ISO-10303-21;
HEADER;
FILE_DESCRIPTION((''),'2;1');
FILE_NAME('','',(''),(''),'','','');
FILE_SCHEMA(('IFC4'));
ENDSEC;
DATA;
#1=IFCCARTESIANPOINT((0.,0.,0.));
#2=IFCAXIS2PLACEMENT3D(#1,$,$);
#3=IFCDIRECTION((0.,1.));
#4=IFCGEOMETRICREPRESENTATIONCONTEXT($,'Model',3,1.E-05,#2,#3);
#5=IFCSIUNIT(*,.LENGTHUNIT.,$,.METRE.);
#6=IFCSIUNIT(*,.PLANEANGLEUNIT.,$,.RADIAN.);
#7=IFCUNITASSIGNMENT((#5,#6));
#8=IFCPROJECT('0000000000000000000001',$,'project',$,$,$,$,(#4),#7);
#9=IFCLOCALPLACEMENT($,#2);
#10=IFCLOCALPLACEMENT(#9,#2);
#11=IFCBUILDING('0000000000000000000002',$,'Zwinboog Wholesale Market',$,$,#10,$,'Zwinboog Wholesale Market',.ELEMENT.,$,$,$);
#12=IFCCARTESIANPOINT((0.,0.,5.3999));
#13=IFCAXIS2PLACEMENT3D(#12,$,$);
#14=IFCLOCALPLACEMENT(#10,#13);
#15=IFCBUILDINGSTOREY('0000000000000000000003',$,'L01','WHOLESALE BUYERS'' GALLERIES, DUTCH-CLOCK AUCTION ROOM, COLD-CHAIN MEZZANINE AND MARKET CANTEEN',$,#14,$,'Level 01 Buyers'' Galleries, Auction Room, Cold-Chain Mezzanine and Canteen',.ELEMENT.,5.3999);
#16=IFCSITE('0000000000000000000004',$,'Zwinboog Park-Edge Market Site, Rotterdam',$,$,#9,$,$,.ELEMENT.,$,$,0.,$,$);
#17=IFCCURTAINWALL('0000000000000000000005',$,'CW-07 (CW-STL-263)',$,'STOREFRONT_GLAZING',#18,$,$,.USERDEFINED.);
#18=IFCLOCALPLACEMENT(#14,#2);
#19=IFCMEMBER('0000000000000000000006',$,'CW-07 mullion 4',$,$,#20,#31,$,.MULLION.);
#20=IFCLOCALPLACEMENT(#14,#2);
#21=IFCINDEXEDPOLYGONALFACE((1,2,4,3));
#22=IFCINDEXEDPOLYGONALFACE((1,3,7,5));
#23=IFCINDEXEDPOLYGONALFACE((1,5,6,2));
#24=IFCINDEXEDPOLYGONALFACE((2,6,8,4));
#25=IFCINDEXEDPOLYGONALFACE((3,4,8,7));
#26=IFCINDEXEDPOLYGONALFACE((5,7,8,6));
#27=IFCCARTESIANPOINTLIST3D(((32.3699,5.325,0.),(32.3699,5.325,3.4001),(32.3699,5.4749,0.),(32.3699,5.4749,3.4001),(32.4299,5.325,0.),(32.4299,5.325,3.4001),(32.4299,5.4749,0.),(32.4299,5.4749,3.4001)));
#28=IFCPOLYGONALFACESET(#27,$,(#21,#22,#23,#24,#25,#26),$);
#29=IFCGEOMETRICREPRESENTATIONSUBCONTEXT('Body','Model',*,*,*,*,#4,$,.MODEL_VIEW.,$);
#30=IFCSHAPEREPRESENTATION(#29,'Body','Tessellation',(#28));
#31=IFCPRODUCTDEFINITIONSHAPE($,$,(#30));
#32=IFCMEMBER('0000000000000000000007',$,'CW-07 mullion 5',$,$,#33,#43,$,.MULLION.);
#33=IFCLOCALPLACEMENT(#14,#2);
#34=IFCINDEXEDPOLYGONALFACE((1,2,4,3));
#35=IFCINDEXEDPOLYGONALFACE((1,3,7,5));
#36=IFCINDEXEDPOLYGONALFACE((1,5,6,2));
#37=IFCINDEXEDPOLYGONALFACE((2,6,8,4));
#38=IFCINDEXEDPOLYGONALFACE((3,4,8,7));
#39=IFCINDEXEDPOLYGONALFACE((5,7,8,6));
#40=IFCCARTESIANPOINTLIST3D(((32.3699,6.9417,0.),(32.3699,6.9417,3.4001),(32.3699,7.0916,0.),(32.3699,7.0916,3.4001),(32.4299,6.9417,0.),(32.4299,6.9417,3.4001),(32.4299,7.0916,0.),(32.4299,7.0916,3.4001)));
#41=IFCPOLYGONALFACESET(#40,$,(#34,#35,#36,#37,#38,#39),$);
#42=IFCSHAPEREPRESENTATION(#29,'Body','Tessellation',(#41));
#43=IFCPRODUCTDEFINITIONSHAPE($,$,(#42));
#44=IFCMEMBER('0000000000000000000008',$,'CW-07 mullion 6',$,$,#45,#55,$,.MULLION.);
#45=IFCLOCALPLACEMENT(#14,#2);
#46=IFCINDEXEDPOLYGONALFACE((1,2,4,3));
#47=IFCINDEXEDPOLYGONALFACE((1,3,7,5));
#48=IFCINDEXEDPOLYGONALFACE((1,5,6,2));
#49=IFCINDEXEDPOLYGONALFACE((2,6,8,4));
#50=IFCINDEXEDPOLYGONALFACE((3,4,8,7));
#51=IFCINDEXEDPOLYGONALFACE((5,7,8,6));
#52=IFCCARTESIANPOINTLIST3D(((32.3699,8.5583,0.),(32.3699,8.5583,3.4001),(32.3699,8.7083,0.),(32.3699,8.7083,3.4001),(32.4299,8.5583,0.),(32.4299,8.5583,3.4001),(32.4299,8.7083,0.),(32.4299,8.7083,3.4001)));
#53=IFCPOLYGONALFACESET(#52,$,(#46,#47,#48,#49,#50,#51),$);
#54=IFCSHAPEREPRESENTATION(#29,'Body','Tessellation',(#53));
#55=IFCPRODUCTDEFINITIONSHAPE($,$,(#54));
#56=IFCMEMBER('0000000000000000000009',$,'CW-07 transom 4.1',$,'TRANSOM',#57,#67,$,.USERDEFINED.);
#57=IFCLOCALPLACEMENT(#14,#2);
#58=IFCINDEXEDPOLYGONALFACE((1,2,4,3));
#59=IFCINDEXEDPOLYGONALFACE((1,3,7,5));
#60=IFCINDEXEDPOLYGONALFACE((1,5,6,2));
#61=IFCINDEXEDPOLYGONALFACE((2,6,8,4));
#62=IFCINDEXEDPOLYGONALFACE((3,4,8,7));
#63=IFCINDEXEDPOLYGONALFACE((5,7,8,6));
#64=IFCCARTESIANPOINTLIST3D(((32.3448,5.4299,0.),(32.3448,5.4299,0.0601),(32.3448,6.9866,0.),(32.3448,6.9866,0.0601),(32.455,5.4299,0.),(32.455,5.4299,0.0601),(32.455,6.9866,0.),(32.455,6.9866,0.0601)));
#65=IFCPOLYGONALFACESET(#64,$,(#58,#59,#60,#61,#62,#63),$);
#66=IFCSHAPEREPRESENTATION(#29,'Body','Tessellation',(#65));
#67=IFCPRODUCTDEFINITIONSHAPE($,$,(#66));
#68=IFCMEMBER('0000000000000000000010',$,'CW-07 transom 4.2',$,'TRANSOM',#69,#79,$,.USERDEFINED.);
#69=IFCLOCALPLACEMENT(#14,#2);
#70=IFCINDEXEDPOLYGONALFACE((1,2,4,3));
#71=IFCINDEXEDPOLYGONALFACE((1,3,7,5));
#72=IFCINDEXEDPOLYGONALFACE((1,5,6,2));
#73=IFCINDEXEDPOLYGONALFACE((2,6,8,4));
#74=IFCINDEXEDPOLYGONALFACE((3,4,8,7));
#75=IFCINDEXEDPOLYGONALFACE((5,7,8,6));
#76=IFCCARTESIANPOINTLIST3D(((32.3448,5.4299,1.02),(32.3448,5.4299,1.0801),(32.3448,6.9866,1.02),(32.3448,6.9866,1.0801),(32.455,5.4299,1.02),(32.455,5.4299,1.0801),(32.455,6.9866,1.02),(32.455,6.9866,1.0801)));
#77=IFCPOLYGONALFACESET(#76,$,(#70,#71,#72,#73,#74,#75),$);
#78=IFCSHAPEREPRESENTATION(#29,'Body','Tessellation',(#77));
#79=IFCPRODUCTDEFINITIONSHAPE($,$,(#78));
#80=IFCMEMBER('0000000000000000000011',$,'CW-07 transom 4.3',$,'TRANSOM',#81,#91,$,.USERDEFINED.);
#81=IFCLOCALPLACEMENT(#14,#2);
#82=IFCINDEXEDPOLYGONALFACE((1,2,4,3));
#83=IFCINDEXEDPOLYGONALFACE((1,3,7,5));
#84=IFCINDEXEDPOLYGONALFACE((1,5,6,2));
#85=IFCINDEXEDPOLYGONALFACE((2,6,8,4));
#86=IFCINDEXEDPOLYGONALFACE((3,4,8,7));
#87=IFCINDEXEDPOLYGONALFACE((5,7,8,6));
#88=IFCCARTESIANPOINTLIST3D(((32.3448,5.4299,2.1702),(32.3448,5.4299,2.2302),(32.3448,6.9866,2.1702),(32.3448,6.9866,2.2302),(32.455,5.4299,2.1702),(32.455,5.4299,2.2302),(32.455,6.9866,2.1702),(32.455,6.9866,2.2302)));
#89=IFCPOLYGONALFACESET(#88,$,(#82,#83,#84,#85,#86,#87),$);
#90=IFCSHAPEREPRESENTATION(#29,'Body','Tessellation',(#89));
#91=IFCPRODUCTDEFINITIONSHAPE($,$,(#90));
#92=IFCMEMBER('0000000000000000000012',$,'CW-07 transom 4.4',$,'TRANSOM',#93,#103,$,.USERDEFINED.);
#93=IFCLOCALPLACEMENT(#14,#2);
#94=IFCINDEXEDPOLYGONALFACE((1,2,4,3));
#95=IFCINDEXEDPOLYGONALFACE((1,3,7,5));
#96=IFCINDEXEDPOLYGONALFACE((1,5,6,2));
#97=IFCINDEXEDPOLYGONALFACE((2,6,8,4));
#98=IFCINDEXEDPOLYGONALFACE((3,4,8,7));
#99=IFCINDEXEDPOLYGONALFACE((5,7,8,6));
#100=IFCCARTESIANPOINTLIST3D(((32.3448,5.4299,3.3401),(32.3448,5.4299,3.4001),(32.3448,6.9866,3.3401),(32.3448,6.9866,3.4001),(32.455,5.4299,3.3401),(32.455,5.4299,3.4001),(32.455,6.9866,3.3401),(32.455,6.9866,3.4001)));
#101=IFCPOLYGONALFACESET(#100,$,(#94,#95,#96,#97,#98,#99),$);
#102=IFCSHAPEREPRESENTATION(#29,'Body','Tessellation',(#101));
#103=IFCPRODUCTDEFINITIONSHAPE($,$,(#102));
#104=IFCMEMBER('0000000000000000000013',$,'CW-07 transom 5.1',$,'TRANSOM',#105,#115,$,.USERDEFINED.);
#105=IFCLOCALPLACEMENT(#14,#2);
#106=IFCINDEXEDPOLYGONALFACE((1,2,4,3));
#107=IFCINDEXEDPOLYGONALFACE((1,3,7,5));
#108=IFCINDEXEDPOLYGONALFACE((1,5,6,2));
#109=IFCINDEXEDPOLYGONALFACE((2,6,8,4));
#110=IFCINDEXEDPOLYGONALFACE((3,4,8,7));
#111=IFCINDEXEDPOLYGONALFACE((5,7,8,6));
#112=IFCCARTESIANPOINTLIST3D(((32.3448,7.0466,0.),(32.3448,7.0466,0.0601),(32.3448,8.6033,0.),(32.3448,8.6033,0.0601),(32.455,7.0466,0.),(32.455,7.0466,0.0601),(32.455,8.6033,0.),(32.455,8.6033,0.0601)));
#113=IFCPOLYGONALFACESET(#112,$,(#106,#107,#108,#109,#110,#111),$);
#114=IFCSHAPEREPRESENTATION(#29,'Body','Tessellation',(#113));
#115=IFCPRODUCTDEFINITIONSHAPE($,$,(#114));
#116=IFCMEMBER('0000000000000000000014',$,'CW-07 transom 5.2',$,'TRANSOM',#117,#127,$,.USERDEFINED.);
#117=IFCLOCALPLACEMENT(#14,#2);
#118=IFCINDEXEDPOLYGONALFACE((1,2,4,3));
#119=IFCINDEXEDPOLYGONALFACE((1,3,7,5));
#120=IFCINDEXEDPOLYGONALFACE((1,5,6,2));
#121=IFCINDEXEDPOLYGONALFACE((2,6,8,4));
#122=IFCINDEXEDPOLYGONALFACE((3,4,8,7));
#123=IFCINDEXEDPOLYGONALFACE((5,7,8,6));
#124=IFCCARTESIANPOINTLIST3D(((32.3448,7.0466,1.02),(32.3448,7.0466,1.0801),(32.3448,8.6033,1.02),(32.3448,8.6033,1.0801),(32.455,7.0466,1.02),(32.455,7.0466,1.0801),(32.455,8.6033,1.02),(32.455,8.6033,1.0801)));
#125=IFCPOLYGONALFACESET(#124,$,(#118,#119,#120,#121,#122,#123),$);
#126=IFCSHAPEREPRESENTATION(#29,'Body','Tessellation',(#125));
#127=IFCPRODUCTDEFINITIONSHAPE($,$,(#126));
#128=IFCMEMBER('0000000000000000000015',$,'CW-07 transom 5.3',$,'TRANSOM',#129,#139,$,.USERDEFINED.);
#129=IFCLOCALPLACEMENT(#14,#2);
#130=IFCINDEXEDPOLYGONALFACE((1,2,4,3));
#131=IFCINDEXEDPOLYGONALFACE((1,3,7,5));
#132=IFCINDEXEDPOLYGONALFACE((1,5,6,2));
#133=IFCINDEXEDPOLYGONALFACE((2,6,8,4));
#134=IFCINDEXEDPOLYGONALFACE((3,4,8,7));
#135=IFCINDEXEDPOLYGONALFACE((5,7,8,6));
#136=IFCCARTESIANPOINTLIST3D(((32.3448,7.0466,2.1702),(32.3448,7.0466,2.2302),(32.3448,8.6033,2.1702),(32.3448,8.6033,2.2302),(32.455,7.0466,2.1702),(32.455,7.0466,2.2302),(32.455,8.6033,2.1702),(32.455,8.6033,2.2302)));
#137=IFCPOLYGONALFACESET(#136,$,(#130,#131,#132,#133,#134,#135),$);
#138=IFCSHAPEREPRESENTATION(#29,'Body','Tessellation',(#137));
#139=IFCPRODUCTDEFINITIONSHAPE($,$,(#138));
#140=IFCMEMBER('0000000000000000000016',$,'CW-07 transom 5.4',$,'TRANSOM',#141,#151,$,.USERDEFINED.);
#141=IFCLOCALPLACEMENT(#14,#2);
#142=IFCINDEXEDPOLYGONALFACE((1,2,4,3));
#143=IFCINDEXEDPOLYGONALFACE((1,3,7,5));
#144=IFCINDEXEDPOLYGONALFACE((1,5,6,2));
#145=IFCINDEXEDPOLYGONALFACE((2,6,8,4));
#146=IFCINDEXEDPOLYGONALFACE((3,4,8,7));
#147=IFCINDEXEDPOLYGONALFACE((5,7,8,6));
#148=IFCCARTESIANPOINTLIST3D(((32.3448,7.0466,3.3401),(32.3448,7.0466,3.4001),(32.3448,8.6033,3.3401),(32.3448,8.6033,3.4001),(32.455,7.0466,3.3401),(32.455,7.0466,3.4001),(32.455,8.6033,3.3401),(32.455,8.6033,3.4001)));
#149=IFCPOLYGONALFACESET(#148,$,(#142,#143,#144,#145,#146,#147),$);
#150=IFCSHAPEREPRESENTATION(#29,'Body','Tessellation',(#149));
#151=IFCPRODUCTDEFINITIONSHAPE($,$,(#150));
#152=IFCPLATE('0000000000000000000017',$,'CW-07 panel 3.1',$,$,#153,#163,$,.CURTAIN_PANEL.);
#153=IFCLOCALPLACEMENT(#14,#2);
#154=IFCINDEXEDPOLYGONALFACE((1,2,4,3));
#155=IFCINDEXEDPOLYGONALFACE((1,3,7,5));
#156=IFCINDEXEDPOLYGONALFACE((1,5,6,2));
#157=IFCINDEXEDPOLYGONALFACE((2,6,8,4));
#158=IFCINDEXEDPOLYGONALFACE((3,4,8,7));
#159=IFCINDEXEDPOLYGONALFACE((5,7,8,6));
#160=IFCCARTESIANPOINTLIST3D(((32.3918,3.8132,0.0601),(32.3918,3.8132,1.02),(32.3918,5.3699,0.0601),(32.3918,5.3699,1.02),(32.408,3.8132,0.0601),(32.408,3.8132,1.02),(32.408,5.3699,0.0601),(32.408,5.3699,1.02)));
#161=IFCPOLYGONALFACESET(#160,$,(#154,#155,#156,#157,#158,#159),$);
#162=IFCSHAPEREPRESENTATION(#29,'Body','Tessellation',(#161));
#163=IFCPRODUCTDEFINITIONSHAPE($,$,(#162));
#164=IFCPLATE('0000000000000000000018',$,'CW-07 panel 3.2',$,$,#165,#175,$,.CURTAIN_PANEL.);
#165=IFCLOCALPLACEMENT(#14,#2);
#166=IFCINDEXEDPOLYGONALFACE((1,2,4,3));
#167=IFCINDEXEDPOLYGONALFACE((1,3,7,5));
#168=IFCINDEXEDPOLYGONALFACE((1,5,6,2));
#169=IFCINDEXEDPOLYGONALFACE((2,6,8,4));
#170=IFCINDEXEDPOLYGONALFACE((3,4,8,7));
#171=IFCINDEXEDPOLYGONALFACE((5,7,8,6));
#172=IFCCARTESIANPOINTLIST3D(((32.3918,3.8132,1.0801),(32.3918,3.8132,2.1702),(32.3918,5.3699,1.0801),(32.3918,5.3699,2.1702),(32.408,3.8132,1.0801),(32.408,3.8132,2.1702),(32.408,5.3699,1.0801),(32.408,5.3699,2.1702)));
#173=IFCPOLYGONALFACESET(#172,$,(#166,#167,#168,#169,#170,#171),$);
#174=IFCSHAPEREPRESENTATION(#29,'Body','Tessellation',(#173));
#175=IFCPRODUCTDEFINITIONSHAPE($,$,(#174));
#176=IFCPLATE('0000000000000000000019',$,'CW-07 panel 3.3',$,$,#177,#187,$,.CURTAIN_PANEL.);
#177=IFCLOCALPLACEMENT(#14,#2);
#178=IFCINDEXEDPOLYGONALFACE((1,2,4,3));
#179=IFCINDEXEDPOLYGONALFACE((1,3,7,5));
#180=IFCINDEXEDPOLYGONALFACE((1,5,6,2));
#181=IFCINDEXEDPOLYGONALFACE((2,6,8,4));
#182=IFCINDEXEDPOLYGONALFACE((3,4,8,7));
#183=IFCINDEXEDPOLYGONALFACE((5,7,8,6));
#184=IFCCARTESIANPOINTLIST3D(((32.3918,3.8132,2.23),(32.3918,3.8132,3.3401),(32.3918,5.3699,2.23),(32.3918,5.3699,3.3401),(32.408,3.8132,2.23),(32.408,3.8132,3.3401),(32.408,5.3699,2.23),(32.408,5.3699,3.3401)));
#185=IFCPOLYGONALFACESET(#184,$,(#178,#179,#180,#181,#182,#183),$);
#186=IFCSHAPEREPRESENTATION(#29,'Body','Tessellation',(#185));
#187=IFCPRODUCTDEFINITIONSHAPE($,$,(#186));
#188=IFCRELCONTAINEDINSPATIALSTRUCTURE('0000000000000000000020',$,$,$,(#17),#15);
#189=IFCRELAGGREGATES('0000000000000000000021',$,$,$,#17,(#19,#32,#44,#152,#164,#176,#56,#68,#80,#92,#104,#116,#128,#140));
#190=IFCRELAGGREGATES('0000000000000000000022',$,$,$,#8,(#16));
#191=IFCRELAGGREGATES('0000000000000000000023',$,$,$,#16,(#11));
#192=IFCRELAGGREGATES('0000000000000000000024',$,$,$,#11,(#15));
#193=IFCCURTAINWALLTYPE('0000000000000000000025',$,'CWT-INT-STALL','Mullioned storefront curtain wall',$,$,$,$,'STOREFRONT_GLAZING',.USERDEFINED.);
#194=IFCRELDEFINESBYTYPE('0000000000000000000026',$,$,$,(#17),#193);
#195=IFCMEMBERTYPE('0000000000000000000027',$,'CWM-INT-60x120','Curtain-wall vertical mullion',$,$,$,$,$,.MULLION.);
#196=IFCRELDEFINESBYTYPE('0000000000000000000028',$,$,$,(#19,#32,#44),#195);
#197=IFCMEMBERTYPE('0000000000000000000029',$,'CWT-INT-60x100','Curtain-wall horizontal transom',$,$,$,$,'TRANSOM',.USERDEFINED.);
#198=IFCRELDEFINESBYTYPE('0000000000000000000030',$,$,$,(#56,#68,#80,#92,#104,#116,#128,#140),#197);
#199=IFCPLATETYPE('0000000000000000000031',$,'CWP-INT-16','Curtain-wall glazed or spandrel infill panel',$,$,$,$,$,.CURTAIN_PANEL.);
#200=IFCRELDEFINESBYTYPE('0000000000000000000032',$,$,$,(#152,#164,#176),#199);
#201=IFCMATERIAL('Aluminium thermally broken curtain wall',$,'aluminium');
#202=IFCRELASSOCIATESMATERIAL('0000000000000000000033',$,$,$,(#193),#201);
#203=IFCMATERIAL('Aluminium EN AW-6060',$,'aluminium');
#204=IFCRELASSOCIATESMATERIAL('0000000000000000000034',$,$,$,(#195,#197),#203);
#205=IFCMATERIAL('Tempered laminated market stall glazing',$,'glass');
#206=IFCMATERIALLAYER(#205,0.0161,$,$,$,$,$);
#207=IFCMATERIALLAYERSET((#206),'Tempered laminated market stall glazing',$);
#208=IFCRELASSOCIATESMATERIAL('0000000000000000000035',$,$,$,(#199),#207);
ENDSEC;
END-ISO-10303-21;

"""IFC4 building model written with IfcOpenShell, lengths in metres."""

from ifc_helpers import new_model, si_unit, direction, frame, origin, origin_2d, place, context, subcontext, project, spatial, rectangle, extrude, material, layer, layer_set, material_profile, profile_set, type_object, element, aggregate, save


model = new_model("IFC4")

# Units and contexts
model_context = context("Model", 3, precision=1e-05, world=origin(), true_north=direction((0.0, 1.0)))
body_context = subcontext(model_context, "Body", "Model", "MODEL_VIEW")
ifc_project = project(units=[si_unit("LENGTHUNIT", "METRE"), si_unit("PLANEANGLEUNIT", "RADIAN")], contexts=[model_context])

# Site, building, storey
site_placement = place(None, origin())
site = spatial("IfcSite", under=ifc_project, at=site_placement, Name="Zwinboog Park-Edge Market Site, Rotterdam", CompositionType="ELEMENT", RefElevation=0.0)
building_placement = place(site_placement, origin())
building = spatial("IfcBuilding", under=site, at=building_placement, Name="Zwinboog Wholesale Market", LongName="Zwinboog Wholesale Market", CompositionType="ELEMENT")
storey_placement = place(building_placement, frame((0.0, 0.0, 5.3999)))
storey = spatial("IfcBuildingStorey", under=building, at=storey_placement, Name="L01", Description="WHOLESALE BUYERS' GALLERIES, DUTCH-CLOCK AUCTION ROOM, COLD-CHAIN MEZZANINE AND MARKET CANTEEN", LongName="Level 01 Buyers' Galleries, Auction Room, Cold-Chain Mezzanine and Canteen", CompositionType="ELEMENT", Elevation=5.3999)

# Curtain wall, members, plates
ifc_material_1 = material(Name="Aluminium thermally broken curtain wall", Category="aluminium")
curtain_wall_type = type_object("IfcCurtainWallType", Name="CWT-INT-STALL", Description="Mullioned storefront curtain wall", ElementType="STOREFRONT_GLAZING", PredefinedType="USERDEFINED", material=ifc_material_1)
curtain_wall_placement = place(storey_placement, origin())
curtain_wall = element("IfcCurtainWall", 1, at=curtain_wall_placement, inside=storey, type_object=curtain_wall_type, Name="CW-07 (CW-STL-263)", ObjectType="STOREFRONT_GLAZING", PredefinedType="USERDEFINED")
ifc_material_2 = material(Name="Aluminium EN AW-6060", Category="aluminium")
ifc_material_profile_1 = material_profile(ifc_material_2, rectangle(XDim=0.0601, YDim=0.1499, at=origin_2d()), Name="AL 60x150")
ifc_profile_set_1 = profile_set([ifc_material_profile_1], Name="Aluminium EN AW-6060")
member_type_1 = type_object("IfcMemberType", Name="CWM-INT-60x120", Description="Curtain-wall vertical mullion", PredefinedType="MULLION", material=ifc_profile_set_1)
member_1_placement = place(storey_placement, frame((32.3999, 5.3999, 0.0), z_axis=(0.0, 0.0, 1.0), x_axis=(-1.0, 0.0, 0.0)))
member_1 = element("IfcMember", 2, at=member_1_placement, type_object=member_type_1, Name="CW-07 mullion 4", PredefinedType="MULLION", context=body_context, shape_type="SweptSolid", body=[
    extrude(rectangle(XDim=0.0601, YDim=0.1499, at=origin_2d()), origin(), (0.0, 0.0, 1.0), 3.4001),
])
member_2_placement = place(storey_placement, frame((32.3999, 7.0166, 0.0), z_axis=(0.0, 0.0, 1.0), x_axis=(-1.0, 0.0, 0.0)))
member_2 = element("IfcMember", 3, at=member_2_placement, type_object=member_type_1, Name="CW-07 mullion 5", PredefinedType="MULLION", context=body_context, shape_type="SweptSolid", body=[
    extrude(rectangle(XDim=0.0601, YDim=0.1499, at=origin_2d()), origin(), (0.0, 0.0, 1.0), 3.4001),
])
member_3_placement = place(storey_placement, frame((32.3999, 8.6333, 0.0), z_axis=(0.0, 0.0, 1.0), x_axis=(-1.0, 0.0, 0.0)))
member_3 = element("IfcMember", 4, at=member_3_placement, type_object=member_type_1, Name="CW-07 mullion 6", PredefinedType="MULLION", context=body_context, shape_type="SweptSolid", body=[
    extrude(rectangle(XDim=0.0601, YDim=0.1499, at=origin_2d()), origin(), (0.0, 0.0, 1.0), 3.4001),
])
ifc_material_profile_2 = material_profile(ifc_material_2, rectangle(XDim=0.1101, YDim=0.0601, at=origin_2d()), Name="AL 60x110")
ifc_profile_set_2 = profile_set([ifc_material_profile_2], Name="Aluminium EN AW-6060")
member_type_2 = type_object("IfcMemberType", Name="CWT-INT-60x100", Description="Curtain-wall horizontal transom", ElementType="TRANSOM", PredefinedType="USERDEFINED", material=ifc_profile_set_2)
member_4_placement = place(storey_placement, frame((32.3999, 5.4299, 0.03), z_axis=(0.0, 1.0, 0.0), x_axis=(-1.0, 0.0, 0.0)))
member_4 = element("IfcMember", 5, at=member_4_placement, type_object=member_type_2, Name="CW-07 transom 4.1", ObjectType="TRANSOM", PredefinedType="USERDEFINED", context=body_context, shape_type="SweptSolid", body=[
    extrude(rectangle(XDim=0.1101, YDim=0.0601, at=origin_2d()), origin(), (0.0, 0.0, 1.0), 1.5566),
])
member_5_placement = place(storey_placement, frame((32.3999, 5.4299, 1.05), z_axis=(0.0, 1.0, 0.0), x_axis=(-1.0, 0.0, 0.0)))
member_5 = element("IfcMember", 6, at=member_5_placement, type_object=member_type_2, Name="CW-07 transom 4.2", ObjectType="TRANSOM", PredefinedType="USERDEFINED", context=body_context, shape_type="SweptSolid", body=[
    extrude(rectangle(XDim=0.1101, YDim=0.0601, at=origin_2d()), origin(), (0.0, 0.0, 1.0), 1.5566),
])
member_6_placement = place(storey_placement, frame((32.3999, 5.4299, 2.2002), z_axis=(0.0, 1.0, 0.0), x_axis=(-1.0, 0.0, 0.0)))
member_6 = element("IfcMember", 7, at=member_6_placement, type_object=member_type_2, Name="CW-07 transom 4.3", ObjectType="TRANSOM", PredefinedType="USERDEFINED", context=body_context, shape_type="SweptSolid", body=[
    extrude(rectangle(XDim=0.1101, YDim=0.0601, at=origin_2d()), origin(), (0.0, 0.0, 1.0), 1.5566),
])
member_7_placement = place(storey_placement, frame((32.3999, 5.4299, 3.3701), z_axis=(0.0, 1.0, 0.0), x_axis=(-1.0, 0.0, 0.0)))
member_7 = element("IfcMember", 8, at=member_7_placement, type_object=member_type_2, Name="CW-07 transom 4.4", ObjectType="TRANSOM", PredefinedType="USERDEFINED", context=body_context, shape_type="SweptSolid", body=[
    extrude(rectangle(XDim=0.1101, YDim=0.0601, at=origin_2d()), origin(), (0.0, 0.0, 1.0), 1.5566),
])
member_8_placement = place(storey_placement, frame((32.3999, 7.0466, 0.03), z_axis=(0.0, 1.0, 0.0), x_axis=(-1.0, 0.0, 0.0)))
member_8 = element("IfcMember", 9, at=member_8_placement, type_object=member_type_2, Name="CW-07 transom 5.1", ObjectType="TRANSOM", PredefinedType="USERDEFINED", context=body_context, shape_type="SweptSolid", body=[
    extrude(rectangle(XDim=0.1101, YDim=0.0601, at=origin_2d()), origin(), (0.0, 0.0, 1.0), 1.5566),
])
member_9_placement = place(storey_placement, frame((32.3999, 7.0466, 1.05), z_axis=(0.0, 1.0, 0.0), x_axis=(-1.0, 0.0, 0.0)))
member_9 = element("IfcMember", 10, at=member_9_placement, type_object=member_type_2, Name="CW-07 transom 5.2", ObjectType="TRANSOM", PredefinedType="USERDEFINED", context=body_context, shape_type="SweptSolid", body=[
    extrude(rectangle(XDim=0.1101, YDim=0.0601, at=origin_2d()), origin(), (0.0, 0.0, 1.0), 1.5566),
])
member_10_placement = place(storey_placement, frame((32.3999, 7.0466, 2.2002), z_axis=(0.0, 1.0, 0.0), x_axis=(-1.0, 0.0, 0.0)))
member_10 = element("IfcMember", 11, at=member_10_placement, type_object=member_type_2, Name="CW-07 transom 5.3", ObjectType="TRANSOM", PredefinedType="USERDEFINED", context=body_context, shape_type="SweptSolid", body=[
    extrude(rectangle(XDim=0.1101, YDim=0.0601, at=origin_2d()), origin(), (0.0, 0.0, 1.0), 1.5566),
])
member_11_placement = place(storey_placement, frame((32.3999, 7.0466, 3.3701), z_axis=(0.0, 1.0, 0.0), x_axis=(-1.0, 0.0, 0.0)))
member_11 = element("IfcMember", 12, at=member_11_placement, type_object=member_type_2, Name="CW-07 transom 5.4", ObjectType="TRANSOM", PredefinedType="USERDEFINED", context=body_context, shape_type="SweptSolid", body=[
    extrude(rectangle(XDim=0.1101, YDim=0.0601, at=origin_2d()), origin(), (0.0, 0.0, 1.0), 1.5566),
])
ifc_material_3 = material(Name="Tempered laminated market stall glazing", Category="glass")
ifc_layer = layer(ifc_material_3, 0.0161)
ifc_layer_set = layer_set([ifc_layer], Name="Tempered laminated market stall glazing")
plate_type = type_object("IfcPlateType", Name="CWP-INT-16", Description="Curtain-wall glazed or spandrel infill panel", PredefinedType="CURTAIN_PANEL", material=ifc_layer_set)
plate_1_placement = place(storey_placement, frame((32.3999, 4.5916, 0.0601), z_axis=(0.0, 0.0, 1.0), x_axis=(0.0, 1.0, 0.0)))
plate_1 = element("IfcPlate", 13, at=plate_1_placement, type_object=plate_type, Name="CW-07 panel 3.1", PredefinedType="CURTAIN_PANEL", context=body_context, shape_type="SweptSolid", body=[
    extrude(rectangle(XDim=1.5566, YDim=0.0161, at=origin_2d()), origin(), (0.0, 0.0, 1.0), 0.96),
])
plate_2_placement = place(storey_placement, frame((32.3999, 4.5916, 1.0801), z_axis=(0.0, 0.0, 1.0), x_axis=(0.0, 1.0, 0.0)))
plate_2 = element("IfcPlate", 14, at=plate_2_placement, type_object=plate_type, Name="CW-07 panel 3.2", PredefinedType="CURTAIN_PANEL", context=body_context, shape_type="SweptSolid", body=[
    extrude(rectangle(XDim=1.5566, YDim=0.0161, at=origin_2d()), origin(), (0.0, 0.0, 1.0), 1.0901),
])
plate_3_placement = place(storey_placement, frame((32.3999, 4.5916, 2.23), z_axis=(0.0, 0.0, 1.0), x_axis=(0.0, 1.0, 0.0)))
plate_3 = element("IfcPlate", 15, at=plate_3_placement, type_object=plate_type, Name="CW-07 panel 3.3", PredefinedType="CURTAIN_PANEL", context=body_context, shape_type="SweptSolid", body=[
    extrude(rectangle(XDim=1.5566, YDim=0.0161, at=origin_2d()), origin(), (0.0, 0.0, 1.0), 1.1101),
])
aggregate(curtain_wall, [member_1, member_2, member_3, plate_1, plate_2, plate_3, member_4, member_5, member_6, member_7, member_8, member_9, member_10, member_11])

save(model, "model.ifc")
